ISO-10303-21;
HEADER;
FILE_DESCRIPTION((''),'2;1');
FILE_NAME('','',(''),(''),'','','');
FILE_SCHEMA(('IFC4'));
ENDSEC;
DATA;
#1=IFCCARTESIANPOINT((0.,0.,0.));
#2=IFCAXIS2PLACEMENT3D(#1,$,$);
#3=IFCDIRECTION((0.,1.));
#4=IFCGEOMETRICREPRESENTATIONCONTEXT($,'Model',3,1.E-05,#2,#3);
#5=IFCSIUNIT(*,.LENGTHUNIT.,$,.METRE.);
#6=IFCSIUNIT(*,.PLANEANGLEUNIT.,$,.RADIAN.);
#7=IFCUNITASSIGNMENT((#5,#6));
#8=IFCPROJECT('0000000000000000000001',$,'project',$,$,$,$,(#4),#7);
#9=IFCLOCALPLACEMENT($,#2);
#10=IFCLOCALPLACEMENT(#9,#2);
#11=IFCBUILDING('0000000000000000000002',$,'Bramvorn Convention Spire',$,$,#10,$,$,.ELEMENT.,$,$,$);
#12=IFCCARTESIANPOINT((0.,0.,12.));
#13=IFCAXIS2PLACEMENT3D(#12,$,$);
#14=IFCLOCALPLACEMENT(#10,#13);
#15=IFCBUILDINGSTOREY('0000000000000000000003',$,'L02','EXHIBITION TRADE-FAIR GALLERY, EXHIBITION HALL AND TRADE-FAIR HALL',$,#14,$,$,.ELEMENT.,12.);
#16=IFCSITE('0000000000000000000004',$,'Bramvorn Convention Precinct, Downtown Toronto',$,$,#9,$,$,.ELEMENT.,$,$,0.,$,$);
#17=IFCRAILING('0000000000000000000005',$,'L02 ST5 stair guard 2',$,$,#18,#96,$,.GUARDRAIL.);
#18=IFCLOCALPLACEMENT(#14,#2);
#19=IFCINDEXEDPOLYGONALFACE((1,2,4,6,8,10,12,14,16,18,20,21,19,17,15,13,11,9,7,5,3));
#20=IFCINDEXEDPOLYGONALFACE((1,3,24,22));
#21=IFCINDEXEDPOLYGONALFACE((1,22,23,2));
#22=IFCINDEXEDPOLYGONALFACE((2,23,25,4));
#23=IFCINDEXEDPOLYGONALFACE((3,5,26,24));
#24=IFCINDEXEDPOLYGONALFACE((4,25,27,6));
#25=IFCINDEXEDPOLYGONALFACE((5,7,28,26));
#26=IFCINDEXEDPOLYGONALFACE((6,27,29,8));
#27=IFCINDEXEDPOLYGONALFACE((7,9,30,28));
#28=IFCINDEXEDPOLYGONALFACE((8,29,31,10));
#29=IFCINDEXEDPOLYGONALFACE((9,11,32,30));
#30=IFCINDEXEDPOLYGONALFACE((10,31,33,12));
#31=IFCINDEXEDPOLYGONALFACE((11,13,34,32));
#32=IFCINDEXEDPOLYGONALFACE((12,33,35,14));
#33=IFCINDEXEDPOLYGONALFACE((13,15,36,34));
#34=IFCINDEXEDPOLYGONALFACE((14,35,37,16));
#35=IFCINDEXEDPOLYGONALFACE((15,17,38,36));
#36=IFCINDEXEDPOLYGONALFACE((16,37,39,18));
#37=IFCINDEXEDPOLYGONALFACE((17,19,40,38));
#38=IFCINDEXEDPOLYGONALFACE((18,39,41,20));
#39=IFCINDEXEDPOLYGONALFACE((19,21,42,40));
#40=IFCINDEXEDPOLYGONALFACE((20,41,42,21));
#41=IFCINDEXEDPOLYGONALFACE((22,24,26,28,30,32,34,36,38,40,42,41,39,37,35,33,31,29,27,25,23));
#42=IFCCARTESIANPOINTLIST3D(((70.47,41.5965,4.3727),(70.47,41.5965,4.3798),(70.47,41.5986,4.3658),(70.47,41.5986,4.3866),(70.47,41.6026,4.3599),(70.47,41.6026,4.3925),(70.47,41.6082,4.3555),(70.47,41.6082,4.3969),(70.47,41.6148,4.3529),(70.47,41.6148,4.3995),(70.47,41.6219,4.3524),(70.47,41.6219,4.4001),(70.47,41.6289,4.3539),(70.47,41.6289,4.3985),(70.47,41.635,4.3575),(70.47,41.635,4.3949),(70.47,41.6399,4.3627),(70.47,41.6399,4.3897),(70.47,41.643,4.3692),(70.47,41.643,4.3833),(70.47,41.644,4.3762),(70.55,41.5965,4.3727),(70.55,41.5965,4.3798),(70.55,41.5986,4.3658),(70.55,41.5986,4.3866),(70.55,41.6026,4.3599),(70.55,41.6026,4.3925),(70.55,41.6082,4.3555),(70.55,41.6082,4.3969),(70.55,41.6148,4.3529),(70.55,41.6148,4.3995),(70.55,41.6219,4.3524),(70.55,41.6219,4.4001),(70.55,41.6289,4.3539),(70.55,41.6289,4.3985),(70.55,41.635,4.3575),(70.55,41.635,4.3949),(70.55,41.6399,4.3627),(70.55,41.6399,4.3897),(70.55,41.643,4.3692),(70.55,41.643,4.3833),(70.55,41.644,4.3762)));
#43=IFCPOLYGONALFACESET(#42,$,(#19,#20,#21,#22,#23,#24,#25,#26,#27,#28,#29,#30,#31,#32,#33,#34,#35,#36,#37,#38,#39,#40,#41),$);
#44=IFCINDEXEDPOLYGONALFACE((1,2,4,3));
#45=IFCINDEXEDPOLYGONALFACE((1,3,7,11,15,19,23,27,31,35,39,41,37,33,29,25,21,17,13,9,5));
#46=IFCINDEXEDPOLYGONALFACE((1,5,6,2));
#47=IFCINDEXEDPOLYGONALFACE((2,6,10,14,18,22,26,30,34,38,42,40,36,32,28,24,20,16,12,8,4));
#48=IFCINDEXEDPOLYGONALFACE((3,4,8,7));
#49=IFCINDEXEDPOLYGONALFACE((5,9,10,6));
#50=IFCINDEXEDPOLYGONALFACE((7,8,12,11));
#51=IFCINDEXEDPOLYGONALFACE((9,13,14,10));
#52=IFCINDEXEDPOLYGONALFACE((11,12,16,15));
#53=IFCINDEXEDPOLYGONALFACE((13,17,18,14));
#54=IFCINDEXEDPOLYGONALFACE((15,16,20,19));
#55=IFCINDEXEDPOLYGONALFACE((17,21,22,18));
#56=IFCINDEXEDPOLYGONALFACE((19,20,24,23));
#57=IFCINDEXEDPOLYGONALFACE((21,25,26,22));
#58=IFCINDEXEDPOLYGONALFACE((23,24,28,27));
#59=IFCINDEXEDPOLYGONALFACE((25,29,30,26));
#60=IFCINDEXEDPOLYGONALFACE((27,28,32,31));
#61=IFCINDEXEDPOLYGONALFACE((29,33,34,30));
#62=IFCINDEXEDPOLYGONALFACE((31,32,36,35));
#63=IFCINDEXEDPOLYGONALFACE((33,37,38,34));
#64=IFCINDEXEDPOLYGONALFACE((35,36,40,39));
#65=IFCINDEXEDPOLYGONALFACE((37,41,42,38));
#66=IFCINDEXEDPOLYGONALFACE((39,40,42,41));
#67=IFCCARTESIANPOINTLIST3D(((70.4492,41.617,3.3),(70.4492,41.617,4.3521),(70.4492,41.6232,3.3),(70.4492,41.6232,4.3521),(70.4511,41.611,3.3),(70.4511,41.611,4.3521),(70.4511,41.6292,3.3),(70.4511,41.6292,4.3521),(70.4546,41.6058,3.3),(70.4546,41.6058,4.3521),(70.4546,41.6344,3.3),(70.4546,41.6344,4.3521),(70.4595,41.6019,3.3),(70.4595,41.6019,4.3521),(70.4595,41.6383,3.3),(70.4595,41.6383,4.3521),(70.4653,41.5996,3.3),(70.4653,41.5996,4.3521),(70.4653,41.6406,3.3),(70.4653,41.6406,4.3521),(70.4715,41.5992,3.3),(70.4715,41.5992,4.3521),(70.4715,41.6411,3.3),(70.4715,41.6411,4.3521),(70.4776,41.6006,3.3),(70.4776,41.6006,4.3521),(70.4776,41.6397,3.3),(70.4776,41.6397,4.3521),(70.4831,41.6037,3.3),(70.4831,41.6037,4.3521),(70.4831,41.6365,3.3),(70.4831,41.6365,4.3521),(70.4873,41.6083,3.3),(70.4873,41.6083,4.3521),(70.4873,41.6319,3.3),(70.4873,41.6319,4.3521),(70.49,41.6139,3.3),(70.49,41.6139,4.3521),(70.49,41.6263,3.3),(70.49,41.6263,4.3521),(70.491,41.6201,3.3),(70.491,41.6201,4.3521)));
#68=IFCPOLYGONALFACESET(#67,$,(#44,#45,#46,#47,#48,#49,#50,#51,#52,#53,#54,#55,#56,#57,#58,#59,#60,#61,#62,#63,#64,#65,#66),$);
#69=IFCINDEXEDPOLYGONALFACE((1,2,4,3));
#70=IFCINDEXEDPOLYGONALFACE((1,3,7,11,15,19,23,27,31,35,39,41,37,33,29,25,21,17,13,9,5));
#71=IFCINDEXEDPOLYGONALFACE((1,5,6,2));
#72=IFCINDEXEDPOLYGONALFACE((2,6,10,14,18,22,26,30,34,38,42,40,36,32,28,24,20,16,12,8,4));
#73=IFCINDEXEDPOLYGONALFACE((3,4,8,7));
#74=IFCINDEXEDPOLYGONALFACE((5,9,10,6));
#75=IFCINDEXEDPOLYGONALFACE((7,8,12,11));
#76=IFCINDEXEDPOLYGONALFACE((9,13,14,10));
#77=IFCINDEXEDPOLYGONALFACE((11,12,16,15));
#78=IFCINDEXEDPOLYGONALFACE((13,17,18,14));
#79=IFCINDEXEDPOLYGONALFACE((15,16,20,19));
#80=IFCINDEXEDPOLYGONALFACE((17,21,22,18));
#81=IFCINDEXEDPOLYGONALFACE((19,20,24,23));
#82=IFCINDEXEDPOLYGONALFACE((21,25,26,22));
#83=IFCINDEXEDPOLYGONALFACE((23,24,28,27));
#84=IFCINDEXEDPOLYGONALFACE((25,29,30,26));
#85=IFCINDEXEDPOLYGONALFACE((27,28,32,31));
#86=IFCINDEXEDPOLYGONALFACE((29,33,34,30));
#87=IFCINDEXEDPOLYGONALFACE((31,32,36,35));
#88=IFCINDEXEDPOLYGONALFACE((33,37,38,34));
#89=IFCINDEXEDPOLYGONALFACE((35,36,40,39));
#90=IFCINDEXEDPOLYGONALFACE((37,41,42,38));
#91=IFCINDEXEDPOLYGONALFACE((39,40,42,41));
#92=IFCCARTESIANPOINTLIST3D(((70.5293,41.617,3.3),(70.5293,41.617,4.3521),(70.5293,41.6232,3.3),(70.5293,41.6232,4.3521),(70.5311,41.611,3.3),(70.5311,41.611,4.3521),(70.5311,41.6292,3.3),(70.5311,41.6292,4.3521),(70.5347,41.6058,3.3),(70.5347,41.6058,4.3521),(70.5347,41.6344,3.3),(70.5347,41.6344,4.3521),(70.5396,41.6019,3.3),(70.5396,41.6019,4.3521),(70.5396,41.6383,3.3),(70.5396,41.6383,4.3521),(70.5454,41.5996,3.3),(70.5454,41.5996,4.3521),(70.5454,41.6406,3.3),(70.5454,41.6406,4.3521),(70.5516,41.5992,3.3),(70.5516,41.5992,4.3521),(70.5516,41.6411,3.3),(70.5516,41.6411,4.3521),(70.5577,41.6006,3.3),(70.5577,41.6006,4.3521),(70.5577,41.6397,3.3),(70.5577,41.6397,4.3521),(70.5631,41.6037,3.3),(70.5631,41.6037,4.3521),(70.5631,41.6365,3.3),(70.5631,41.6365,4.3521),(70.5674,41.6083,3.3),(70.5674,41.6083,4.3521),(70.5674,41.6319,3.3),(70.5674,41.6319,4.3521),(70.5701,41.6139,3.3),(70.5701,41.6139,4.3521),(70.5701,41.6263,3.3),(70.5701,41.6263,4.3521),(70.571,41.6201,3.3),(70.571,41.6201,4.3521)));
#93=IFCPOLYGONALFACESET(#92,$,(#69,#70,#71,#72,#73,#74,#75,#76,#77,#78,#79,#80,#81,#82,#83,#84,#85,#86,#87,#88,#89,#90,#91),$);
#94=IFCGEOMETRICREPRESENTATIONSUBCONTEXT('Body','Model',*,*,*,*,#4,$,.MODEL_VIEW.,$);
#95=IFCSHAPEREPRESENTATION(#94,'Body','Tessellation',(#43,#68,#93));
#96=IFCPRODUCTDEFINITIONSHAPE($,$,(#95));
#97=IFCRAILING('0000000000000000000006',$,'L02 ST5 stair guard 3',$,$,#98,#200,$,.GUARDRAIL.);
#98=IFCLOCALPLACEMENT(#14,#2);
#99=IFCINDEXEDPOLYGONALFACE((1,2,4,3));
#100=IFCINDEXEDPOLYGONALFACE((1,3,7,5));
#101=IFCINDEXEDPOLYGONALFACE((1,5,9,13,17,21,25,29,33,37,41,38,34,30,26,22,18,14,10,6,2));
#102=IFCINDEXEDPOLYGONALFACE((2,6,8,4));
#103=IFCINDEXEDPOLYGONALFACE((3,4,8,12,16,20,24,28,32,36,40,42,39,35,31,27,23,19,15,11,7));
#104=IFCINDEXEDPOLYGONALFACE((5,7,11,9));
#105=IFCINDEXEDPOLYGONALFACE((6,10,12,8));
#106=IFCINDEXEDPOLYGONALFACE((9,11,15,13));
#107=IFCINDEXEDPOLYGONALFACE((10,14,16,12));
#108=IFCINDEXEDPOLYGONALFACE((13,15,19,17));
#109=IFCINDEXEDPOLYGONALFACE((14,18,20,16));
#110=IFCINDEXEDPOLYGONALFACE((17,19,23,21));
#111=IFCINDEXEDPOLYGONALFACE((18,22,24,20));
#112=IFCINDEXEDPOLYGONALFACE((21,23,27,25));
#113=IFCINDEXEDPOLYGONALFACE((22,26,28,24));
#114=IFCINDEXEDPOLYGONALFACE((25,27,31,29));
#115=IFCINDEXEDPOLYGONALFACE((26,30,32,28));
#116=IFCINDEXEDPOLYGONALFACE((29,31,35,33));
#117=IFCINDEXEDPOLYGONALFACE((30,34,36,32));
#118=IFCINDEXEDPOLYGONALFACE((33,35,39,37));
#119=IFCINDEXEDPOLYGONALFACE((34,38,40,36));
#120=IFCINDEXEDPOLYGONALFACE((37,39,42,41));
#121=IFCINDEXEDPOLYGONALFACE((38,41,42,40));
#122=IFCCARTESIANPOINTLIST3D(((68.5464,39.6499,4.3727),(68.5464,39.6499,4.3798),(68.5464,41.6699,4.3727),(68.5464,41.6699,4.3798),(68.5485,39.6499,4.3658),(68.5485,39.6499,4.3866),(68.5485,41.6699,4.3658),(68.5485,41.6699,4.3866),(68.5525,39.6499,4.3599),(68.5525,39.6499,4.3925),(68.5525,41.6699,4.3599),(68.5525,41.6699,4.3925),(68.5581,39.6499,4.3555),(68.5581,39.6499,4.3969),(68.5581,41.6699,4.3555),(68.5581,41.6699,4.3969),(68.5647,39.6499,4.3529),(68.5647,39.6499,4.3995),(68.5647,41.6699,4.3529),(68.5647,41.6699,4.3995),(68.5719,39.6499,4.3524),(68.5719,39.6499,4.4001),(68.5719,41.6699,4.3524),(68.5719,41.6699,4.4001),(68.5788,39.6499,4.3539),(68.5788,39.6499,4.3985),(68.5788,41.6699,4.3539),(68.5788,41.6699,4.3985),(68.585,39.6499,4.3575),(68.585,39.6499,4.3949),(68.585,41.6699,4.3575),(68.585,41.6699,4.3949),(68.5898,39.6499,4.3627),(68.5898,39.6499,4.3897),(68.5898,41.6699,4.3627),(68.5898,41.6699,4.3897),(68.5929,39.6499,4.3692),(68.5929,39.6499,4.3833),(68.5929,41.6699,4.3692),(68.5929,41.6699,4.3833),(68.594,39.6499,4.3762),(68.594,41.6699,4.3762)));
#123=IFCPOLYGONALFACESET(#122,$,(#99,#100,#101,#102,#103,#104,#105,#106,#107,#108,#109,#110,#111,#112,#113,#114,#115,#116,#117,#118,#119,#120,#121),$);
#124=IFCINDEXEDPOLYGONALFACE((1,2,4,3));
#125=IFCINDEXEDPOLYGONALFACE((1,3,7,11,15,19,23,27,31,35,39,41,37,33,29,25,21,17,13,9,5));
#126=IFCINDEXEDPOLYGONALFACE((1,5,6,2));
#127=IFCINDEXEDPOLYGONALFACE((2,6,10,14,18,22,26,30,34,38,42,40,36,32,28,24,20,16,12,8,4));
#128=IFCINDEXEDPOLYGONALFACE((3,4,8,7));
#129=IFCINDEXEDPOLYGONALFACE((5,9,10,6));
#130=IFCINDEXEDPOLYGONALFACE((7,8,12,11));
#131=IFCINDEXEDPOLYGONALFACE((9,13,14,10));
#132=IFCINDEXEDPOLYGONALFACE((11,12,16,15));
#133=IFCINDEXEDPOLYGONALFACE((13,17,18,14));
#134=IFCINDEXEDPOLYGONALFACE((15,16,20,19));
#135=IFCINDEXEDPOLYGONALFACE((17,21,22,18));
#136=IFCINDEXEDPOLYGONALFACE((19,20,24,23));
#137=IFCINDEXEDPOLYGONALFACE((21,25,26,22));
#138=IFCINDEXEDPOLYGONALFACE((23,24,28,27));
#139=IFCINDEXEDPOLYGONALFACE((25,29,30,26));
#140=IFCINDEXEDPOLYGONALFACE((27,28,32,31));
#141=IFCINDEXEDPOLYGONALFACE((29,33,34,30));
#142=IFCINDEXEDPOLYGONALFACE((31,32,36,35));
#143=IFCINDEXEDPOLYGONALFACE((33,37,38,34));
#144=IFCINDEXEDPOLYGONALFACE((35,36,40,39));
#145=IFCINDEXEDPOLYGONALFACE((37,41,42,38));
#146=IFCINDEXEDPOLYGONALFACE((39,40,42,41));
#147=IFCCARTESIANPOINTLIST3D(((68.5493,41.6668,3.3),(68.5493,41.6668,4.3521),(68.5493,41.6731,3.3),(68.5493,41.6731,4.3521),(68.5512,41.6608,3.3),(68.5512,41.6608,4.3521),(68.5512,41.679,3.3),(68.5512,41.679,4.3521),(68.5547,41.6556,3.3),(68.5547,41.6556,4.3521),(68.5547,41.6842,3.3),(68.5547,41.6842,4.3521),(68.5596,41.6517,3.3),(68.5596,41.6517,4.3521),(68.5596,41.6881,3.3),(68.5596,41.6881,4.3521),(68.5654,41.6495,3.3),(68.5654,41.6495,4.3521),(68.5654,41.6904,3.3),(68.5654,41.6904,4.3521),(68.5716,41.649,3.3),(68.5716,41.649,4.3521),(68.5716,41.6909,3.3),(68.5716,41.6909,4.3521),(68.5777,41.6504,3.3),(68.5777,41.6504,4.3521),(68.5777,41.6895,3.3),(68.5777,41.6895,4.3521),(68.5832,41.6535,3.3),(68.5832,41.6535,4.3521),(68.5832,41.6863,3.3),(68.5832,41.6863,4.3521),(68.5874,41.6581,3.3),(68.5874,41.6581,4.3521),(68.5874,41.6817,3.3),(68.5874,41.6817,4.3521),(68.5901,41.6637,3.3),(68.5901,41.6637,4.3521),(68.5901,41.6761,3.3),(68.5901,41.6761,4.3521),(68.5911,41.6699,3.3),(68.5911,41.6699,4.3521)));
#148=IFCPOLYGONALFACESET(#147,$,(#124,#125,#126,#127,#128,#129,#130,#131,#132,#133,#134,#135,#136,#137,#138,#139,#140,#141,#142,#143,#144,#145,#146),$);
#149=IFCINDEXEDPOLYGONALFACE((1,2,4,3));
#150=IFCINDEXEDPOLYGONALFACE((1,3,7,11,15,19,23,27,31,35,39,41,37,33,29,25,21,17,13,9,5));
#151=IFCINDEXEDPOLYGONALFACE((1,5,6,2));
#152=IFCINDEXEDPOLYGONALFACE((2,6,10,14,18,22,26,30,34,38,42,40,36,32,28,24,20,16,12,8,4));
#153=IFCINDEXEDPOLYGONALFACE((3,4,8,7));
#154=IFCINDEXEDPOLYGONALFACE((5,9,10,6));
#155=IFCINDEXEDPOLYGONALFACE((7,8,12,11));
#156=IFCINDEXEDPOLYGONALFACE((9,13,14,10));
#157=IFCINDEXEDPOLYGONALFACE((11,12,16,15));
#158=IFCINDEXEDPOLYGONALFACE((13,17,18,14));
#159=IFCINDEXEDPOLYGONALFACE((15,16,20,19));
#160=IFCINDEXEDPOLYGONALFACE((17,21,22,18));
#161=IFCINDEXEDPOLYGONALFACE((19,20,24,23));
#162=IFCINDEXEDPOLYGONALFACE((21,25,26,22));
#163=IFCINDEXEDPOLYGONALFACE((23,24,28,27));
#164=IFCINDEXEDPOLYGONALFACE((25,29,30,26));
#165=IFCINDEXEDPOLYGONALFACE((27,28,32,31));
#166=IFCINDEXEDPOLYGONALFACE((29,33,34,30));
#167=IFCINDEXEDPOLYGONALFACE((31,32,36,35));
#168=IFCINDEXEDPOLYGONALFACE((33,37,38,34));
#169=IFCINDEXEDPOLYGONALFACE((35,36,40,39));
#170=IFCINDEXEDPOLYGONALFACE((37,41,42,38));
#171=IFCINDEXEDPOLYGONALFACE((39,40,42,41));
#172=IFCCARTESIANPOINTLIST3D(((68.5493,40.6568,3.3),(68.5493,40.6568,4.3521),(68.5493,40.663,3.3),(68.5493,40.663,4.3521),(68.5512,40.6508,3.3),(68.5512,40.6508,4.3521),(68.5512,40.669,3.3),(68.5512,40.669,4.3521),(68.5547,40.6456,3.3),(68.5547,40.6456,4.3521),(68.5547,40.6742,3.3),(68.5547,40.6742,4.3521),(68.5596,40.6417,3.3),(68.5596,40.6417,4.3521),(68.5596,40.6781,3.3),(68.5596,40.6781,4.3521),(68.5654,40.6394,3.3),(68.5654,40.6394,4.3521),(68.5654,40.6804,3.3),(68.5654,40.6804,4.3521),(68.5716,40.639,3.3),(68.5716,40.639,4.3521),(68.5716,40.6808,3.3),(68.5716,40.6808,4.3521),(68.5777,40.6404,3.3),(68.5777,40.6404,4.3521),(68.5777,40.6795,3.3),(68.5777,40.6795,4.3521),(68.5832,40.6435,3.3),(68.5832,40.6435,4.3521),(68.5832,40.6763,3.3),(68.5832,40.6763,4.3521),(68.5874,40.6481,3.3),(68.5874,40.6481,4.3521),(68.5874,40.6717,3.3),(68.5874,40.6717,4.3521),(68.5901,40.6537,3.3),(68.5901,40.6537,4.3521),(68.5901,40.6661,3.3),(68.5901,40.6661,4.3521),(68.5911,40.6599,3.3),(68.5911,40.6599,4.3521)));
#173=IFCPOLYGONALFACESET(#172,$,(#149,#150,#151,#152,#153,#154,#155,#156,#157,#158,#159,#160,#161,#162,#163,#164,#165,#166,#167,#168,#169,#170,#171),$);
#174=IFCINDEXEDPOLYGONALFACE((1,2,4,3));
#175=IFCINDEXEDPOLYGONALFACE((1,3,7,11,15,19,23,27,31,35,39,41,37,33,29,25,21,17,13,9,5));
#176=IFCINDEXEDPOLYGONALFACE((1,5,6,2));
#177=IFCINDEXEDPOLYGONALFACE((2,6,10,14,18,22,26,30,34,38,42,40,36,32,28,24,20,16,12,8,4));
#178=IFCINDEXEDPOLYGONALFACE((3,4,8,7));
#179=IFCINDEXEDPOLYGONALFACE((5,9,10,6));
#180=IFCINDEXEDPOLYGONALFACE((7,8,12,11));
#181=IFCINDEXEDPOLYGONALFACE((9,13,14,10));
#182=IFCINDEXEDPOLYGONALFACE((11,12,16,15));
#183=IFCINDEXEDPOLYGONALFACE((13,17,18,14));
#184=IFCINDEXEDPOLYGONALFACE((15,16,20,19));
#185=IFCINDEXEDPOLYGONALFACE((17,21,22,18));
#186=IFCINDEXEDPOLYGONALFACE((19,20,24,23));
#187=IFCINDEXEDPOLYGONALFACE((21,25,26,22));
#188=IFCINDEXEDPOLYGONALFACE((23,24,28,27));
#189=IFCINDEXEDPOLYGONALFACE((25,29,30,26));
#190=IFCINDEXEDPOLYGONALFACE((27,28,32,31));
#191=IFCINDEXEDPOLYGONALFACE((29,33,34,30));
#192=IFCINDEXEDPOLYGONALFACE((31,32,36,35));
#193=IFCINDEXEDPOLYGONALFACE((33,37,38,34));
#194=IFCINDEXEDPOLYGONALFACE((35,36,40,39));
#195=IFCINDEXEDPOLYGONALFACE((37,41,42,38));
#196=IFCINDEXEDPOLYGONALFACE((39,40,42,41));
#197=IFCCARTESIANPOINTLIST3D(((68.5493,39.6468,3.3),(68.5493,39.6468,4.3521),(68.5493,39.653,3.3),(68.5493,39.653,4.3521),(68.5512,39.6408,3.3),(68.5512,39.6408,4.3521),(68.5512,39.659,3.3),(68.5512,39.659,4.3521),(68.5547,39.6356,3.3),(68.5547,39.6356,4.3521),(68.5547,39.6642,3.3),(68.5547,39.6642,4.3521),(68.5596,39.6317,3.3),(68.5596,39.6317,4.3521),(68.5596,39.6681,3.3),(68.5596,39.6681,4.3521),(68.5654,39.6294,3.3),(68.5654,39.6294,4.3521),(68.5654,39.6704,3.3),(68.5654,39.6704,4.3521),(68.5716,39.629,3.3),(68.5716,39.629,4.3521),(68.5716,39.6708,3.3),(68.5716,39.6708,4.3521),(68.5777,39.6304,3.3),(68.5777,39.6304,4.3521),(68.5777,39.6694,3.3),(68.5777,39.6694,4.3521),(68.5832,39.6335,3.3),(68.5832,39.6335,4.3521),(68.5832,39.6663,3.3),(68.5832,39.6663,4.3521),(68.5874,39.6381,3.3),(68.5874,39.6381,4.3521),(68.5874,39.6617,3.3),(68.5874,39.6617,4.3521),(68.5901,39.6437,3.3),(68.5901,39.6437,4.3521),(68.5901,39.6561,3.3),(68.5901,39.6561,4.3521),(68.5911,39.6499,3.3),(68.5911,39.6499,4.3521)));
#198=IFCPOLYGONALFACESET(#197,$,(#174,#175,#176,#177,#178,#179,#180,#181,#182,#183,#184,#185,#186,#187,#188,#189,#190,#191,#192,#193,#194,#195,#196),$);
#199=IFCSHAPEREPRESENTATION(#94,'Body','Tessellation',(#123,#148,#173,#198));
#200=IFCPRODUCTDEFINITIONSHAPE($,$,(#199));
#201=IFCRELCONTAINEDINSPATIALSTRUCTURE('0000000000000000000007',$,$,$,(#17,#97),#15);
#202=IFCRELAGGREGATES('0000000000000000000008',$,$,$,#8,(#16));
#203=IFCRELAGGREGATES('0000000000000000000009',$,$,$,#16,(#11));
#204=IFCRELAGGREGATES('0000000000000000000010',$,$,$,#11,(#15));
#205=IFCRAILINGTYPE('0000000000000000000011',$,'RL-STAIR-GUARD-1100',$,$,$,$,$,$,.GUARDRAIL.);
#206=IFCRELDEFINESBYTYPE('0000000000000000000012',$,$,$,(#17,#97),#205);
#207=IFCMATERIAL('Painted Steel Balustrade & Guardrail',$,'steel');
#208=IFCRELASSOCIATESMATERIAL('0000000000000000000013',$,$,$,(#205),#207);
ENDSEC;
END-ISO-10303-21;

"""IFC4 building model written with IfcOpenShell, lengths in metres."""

from ifc_helpers import new_model, si_unit, direction, frame, origin, origin_2d, place, context, subcontext, project, spatial, circle, extrude, material, type_object, element, save


model = new_model("IFC4")

# Units and contexts
model_context = context("Model", 3, precision=1e-05, world=origin(), true_north=direction((0.0, 1.0)))
body_context = subcontext(model_context, "Body", "Model", "MODEL_VIEW")
ifc_project = project(units=[si_unit("LENGTHUNIT", "METRE"), si_unit("PLANEANGLEUNIT", "RADIAN")], contexts=[model_context])

# Site, building, storey
site_placement = place(None, origin())
site = spatial("IfcSite", under=ifc_project, at=site_placement, Name="Bramvorn Convention Precinct, Downtown Toronto", CompositionType="ELEMENT", RefElevation=0.0)
building_placement = place(site_placement, origin())
building = spatial("IfcBuilding", under=site, at=building_placement, Name="Bramvorn Convention Spire", CompositionType="ELEMENT")
storey_placement = place(building_placement, frame((0.0, 0.0, 12.0)))
storey = spatial("IfcBuildingStorey", under=building, at=storey_placement, Name="L02", Description="EXHIBITION TRADE-FAIR GALLERY, EXHIBITION HALL AND TRADE-FAIR HALL", CompositionType="ELEMENT", Elevation=12.0)

# Railings
ifc_material_1 = material(Name="Painted Steel Balustrade & Guardrail", Category="steel")
railing_type_1 = type_object("IfcRailingType", Name="RL-STAIR-GUARD-1100", PredefinedType="GUARDRAIL", material=ifc_material_1)
railing_1_placement = place(storey_placement, frame((70.47, 41.6201, 3.3)))
element("IfcRailing", 1, at=railing_1_placement, inside=storey, type_object=railing_type_1, Name="L02 ST5 stair guard 2", PredefinedType="GUARDRAIL", context=body_context, shape_type="SweptSolid", body=[
    extrude(circle(Radius=0.0239, at=origin_2d()), frame((0.0, 0.0, 1.0762), z_axis=(1.0, 0.0, 0.0), x_axis=(0.0, 1.0, 0.0)), (0.0, 0.0, 1.0), 0.0801),
    extrude(circle(Radius=0.021, at=origin_2d()), origin(), (0.0, 0.0, 1.0), 1.052),
    extrude(circle(Radius=0.021, at=origin_2d()), frame((0.0801, 0.0, 0.0)), (0.0, 0.0, 1.0), 1.052),
])
for number, where, name in (
    (2, (68.5701, 41.6699, 3.3), "L02 ST5 stair guard 3"),
):
    element("IfcRailing", number, at=place(storey_placement, frame(where)), inside=storey, type_object=railing_type_1, Name=name, PredefinedType="GUARDRAIL", context=body_context, shape_type="SweptSolid", body=[
        extrude(circle(Radius=0.0239, at=origin_2d()), frame((0.0, 0.0, 1.0762), z_axis=(0.0, -1.0, 0.0), x_axis=(1.0, 0.0, 0.0)), (0.0, 0.0, 1.0), 2.02),
        extrude(circle(Radius=0.021, at=origin_2d()), origin(), (0.0, 0.0, 1.0), 1.052),
        extrude(circle(Radius=0.021, at=origin_2d()), frame((0.0, -1.01, 0.0)), (0.0, 0.0, 1.0), 1.052),
        extrude(circle(Radius=0.021, at=origin_2d()), frame((0.0, -2.02, 0.0)), (0.0, 0.0, 1.0), 1.052),
    ])

save(model, "model.ifc")
